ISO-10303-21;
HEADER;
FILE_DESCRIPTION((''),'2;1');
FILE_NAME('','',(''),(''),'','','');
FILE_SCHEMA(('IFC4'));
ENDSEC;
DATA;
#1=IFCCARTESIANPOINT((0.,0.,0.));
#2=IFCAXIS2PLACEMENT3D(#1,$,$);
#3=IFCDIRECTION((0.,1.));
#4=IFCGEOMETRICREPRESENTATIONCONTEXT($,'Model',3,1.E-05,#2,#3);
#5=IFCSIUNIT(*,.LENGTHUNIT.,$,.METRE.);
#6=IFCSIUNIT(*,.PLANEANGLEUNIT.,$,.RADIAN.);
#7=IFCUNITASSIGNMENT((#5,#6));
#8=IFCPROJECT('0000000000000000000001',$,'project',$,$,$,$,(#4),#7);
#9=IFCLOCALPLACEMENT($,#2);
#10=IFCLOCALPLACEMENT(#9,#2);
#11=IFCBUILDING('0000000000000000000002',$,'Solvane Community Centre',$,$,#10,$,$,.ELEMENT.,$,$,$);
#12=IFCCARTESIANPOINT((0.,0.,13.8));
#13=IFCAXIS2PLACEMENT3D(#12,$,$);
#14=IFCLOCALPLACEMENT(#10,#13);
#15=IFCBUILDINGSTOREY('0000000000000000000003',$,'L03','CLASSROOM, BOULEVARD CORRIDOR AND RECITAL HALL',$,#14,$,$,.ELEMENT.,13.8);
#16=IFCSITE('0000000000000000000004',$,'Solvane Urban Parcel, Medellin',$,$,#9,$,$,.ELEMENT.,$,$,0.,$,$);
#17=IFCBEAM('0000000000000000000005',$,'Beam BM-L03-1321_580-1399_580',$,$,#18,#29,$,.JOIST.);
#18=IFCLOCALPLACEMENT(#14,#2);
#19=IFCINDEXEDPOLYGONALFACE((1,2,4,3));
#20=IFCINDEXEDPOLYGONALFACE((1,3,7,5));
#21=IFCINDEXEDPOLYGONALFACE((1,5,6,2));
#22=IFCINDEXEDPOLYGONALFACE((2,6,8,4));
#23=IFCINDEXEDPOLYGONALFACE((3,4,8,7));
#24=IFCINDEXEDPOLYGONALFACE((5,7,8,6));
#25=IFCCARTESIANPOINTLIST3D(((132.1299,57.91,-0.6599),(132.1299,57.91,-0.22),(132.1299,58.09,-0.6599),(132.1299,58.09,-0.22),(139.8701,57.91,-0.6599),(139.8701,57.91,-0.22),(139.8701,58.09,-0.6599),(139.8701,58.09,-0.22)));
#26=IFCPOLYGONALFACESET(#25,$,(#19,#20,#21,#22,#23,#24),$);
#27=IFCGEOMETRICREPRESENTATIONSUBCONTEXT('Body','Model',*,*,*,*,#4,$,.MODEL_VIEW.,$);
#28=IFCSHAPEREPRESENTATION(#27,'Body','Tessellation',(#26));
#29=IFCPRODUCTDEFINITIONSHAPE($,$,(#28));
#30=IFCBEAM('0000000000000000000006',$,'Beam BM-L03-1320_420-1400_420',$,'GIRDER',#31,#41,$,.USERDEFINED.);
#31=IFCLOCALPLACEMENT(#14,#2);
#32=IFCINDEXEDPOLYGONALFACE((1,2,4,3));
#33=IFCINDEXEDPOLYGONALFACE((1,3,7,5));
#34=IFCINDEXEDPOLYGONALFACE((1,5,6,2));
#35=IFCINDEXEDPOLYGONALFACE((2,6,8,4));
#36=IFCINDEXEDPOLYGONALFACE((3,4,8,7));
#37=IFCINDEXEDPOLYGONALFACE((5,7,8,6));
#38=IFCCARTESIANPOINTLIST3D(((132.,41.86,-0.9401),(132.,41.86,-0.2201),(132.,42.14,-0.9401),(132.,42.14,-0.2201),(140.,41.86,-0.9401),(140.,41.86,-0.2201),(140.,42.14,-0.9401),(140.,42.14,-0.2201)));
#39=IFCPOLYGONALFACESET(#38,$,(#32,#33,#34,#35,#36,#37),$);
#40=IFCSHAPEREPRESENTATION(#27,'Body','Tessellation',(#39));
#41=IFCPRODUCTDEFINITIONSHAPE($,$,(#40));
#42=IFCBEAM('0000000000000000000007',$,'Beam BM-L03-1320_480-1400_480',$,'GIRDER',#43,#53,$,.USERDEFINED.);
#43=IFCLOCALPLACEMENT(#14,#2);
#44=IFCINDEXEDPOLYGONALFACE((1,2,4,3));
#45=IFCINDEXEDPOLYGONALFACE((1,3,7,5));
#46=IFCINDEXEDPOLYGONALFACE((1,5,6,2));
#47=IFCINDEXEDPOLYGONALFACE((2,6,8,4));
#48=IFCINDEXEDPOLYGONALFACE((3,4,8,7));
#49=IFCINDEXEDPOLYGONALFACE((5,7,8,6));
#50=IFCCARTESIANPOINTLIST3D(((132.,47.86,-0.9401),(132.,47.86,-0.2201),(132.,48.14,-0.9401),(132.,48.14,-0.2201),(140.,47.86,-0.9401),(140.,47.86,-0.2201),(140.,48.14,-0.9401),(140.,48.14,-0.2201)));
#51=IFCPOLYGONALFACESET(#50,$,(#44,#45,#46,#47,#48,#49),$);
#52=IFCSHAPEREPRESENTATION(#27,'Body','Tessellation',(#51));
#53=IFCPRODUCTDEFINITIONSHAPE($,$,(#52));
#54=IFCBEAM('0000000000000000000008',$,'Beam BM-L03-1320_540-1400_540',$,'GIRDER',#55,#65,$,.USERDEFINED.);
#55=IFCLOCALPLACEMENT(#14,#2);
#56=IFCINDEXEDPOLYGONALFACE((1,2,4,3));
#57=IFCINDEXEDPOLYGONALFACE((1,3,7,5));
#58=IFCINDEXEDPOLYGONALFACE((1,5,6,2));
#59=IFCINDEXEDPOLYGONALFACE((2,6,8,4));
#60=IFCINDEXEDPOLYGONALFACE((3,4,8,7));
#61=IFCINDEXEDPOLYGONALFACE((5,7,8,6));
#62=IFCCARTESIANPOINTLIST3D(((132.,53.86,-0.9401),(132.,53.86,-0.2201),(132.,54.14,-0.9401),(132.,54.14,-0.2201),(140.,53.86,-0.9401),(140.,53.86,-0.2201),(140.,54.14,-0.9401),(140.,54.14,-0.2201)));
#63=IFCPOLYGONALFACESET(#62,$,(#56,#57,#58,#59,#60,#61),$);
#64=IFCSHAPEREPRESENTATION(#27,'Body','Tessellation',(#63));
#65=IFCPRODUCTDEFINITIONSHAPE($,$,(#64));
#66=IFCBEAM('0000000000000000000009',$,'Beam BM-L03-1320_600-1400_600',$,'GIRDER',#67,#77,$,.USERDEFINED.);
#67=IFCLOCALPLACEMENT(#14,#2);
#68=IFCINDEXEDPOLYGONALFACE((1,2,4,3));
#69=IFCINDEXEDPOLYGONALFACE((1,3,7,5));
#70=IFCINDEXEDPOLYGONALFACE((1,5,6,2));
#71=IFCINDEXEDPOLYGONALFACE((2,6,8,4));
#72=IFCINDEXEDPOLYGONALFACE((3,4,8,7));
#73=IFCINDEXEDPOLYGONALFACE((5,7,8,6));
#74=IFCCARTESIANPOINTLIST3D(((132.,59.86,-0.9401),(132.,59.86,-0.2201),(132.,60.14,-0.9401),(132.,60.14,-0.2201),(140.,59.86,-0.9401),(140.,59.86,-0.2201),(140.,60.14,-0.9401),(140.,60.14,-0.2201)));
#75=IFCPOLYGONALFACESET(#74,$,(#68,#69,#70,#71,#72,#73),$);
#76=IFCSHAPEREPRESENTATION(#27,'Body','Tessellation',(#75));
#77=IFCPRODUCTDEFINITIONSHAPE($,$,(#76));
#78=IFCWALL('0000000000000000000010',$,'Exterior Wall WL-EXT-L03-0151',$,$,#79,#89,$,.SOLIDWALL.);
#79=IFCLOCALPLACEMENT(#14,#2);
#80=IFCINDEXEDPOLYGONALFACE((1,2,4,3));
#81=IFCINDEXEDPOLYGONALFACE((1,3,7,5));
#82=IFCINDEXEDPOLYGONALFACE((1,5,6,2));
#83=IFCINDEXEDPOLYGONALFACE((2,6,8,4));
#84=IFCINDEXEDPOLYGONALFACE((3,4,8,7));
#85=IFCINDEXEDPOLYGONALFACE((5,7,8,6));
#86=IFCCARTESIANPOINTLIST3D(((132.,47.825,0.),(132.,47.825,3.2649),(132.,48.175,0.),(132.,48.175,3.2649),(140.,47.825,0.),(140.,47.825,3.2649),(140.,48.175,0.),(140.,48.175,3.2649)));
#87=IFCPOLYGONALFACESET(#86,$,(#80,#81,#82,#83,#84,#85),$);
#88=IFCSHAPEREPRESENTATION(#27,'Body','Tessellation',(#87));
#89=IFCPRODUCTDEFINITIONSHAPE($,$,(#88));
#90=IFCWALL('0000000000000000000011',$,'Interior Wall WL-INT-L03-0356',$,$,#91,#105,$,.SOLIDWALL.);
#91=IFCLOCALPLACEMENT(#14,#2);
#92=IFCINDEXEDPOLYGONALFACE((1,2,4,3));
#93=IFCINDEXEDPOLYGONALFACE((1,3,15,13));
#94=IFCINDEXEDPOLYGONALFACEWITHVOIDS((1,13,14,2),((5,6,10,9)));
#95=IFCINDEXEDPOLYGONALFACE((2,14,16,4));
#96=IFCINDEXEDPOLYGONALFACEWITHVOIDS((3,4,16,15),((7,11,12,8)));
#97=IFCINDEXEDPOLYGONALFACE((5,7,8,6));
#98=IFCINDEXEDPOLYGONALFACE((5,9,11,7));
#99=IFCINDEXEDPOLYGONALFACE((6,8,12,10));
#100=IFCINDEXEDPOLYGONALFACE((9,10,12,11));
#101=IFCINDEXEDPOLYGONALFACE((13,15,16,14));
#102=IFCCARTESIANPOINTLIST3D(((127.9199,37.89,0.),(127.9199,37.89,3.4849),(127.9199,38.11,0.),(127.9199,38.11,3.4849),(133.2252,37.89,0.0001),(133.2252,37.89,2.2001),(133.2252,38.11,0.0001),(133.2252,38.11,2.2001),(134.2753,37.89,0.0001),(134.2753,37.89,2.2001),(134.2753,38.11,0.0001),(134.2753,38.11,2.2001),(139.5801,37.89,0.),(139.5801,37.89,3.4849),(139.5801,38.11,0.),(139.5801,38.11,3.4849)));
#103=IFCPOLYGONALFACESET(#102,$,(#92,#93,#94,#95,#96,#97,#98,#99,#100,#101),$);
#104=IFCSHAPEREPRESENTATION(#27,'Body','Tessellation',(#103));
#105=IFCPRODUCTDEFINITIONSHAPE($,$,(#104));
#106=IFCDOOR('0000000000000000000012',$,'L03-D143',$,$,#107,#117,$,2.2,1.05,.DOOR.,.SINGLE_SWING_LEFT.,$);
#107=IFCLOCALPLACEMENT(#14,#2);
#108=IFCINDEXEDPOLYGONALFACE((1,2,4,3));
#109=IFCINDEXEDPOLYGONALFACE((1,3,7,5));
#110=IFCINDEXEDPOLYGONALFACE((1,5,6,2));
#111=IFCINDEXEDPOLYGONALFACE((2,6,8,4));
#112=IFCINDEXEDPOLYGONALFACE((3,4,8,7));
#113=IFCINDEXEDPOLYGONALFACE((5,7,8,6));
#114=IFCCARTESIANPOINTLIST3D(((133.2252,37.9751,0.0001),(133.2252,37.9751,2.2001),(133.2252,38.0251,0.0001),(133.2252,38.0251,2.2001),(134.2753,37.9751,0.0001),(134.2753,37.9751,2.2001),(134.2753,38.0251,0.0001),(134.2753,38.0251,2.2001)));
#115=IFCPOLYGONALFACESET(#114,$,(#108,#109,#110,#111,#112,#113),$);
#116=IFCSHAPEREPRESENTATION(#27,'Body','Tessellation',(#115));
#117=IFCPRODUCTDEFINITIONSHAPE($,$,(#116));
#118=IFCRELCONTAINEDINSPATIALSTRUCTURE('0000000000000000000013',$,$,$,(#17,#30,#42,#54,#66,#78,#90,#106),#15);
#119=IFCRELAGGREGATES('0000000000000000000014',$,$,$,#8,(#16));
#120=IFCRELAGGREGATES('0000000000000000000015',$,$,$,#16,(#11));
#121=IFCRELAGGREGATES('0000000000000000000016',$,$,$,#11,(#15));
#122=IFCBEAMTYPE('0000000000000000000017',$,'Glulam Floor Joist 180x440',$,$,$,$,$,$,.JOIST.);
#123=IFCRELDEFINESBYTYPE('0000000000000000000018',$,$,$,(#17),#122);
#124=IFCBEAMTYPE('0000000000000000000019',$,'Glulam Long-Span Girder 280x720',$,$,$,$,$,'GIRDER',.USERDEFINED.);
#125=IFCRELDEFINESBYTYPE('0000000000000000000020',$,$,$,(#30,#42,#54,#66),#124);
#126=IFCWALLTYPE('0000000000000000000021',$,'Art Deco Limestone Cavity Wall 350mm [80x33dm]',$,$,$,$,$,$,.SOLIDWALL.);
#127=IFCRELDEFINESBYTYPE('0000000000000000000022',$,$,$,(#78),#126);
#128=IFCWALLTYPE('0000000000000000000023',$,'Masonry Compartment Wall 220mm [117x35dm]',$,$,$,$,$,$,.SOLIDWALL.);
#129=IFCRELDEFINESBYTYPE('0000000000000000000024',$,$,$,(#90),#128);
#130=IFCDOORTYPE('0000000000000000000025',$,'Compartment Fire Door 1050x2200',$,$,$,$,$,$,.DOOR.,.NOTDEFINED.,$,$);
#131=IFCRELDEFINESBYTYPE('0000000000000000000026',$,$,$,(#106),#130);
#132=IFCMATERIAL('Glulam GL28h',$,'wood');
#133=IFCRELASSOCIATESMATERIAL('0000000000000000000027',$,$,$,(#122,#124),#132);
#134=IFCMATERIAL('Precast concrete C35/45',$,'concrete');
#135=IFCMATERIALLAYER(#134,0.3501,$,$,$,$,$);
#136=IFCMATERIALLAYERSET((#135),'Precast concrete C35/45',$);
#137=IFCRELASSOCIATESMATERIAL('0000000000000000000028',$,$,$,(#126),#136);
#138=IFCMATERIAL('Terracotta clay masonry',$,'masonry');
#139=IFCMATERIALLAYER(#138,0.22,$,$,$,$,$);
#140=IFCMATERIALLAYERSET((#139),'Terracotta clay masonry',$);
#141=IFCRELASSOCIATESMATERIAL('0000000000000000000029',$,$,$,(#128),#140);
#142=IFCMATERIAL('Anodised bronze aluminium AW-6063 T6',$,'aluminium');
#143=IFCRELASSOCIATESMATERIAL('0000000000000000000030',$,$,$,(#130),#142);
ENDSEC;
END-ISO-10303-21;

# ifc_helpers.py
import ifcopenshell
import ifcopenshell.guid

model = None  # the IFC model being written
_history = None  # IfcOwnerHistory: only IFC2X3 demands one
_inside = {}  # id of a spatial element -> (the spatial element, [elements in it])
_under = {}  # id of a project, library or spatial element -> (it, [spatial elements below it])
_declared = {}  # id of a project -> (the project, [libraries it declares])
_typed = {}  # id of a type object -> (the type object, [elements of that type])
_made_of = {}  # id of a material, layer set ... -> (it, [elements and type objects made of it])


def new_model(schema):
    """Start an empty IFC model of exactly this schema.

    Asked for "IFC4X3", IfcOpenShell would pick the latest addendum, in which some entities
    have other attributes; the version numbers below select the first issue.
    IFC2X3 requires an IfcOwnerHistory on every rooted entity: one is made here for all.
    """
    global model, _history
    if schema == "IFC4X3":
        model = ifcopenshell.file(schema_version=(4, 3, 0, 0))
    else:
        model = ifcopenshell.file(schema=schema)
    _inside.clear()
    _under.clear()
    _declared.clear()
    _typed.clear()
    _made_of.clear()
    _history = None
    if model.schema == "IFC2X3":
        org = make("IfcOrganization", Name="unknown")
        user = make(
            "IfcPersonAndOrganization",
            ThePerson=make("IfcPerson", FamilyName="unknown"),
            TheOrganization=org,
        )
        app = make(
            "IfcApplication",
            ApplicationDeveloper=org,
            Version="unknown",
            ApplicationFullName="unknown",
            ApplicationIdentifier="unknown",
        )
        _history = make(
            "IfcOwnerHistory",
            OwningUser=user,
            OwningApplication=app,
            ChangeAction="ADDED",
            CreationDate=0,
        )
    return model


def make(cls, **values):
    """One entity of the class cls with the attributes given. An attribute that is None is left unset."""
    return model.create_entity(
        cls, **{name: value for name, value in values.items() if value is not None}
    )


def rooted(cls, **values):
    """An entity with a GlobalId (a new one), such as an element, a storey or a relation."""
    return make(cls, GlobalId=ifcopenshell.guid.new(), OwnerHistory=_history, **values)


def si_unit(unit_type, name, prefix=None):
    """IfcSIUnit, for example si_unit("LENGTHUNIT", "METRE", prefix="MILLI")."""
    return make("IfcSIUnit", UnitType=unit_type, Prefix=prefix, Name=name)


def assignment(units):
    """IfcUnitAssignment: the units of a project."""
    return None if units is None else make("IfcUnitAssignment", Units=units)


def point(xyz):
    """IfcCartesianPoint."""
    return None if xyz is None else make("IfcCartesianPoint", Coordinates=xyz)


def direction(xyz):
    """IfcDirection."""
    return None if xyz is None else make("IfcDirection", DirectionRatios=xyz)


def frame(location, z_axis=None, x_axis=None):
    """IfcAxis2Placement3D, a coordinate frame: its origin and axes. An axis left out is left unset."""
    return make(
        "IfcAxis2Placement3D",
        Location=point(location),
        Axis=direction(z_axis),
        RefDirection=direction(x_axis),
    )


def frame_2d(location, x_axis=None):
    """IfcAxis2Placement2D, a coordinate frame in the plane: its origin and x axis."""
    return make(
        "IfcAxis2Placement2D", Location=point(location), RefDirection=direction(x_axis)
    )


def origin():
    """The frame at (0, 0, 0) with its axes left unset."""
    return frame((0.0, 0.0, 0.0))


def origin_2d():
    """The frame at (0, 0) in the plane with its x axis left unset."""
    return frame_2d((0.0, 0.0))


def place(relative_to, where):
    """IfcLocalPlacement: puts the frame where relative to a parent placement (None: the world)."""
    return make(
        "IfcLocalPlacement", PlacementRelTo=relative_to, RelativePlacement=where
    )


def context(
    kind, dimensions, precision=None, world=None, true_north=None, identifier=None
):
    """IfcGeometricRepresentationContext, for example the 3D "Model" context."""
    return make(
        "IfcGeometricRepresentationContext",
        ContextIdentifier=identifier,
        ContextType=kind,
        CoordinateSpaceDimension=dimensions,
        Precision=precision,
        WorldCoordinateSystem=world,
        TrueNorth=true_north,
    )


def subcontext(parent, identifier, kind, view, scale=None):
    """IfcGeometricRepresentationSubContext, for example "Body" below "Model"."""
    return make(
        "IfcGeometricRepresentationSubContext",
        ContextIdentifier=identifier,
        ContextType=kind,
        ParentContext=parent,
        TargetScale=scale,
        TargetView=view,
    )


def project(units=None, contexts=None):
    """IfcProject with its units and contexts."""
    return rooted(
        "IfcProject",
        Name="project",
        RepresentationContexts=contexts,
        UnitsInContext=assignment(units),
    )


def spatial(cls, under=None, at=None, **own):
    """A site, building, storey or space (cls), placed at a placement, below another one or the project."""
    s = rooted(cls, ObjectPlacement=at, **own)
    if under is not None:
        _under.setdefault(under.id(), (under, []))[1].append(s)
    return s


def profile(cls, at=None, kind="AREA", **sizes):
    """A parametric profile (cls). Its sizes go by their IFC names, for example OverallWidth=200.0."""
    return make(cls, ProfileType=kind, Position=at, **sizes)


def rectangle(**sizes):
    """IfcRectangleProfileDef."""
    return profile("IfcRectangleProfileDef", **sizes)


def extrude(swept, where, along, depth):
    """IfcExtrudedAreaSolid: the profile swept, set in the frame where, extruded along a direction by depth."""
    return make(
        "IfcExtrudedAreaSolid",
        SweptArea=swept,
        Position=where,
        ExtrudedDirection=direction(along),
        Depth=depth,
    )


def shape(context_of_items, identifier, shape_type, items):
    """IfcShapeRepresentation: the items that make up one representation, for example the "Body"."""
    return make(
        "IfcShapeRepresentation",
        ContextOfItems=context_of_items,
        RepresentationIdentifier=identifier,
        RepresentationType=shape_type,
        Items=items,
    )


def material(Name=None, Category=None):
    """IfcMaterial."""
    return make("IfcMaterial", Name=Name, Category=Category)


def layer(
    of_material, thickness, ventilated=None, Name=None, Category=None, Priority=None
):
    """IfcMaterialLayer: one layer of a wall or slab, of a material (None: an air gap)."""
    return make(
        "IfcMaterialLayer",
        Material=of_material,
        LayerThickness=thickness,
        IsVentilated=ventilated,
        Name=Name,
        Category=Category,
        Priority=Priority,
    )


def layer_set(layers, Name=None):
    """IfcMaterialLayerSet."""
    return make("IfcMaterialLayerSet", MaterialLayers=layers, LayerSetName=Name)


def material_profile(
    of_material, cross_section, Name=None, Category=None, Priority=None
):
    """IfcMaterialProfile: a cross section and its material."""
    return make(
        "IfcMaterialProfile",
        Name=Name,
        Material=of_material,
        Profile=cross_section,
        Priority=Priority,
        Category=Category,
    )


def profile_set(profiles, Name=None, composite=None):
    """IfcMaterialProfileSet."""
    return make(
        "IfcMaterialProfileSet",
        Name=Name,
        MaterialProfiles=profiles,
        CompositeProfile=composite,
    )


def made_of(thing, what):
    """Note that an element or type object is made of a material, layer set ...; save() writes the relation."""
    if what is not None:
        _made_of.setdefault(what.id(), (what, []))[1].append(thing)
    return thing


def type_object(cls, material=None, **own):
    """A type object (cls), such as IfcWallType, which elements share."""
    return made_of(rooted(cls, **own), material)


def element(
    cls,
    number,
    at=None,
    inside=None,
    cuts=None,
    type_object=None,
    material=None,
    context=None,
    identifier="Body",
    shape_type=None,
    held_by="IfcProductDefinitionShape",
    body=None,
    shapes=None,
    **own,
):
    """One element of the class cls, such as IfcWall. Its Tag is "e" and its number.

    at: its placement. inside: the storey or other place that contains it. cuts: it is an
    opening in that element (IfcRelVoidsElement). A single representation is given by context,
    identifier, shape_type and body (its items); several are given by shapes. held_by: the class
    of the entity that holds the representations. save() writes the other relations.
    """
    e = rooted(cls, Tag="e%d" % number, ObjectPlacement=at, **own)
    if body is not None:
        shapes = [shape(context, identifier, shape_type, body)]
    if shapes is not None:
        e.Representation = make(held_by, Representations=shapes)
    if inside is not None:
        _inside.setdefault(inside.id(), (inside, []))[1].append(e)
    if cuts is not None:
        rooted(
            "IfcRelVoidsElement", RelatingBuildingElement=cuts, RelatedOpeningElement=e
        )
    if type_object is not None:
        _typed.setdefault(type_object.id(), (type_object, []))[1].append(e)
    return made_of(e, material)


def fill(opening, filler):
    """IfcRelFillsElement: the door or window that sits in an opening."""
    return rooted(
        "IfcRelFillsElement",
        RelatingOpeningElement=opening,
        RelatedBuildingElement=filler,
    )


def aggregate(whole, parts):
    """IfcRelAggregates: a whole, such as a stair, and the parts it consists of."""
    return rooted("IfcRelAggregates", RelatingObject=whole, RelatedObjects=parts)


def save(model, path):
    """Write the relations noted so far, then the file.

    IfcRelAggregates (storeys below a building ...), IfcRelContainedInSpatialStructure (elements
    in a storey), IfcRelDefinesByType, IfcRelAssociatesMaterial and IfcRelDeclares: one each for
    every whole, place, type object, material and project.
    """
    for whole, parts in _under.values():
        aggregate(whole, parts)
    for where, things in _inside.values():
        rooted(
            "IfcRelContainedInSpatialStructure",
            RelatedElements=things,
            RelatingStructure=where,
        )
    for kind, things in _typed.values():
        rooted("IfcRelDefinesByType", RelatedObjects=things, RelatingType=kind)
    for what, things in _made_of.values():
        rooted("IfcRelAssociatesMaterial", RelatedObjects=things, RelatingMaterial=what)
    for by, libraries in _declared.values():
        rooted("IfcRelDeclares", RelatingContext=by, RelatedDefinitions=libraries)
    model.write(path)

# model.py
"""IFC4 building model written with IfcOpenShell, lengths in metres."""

from ifc_helpers import new_model, si_unit, direction, frame, frame_2d, origin, origin_2d, place, context, subcontext, project, spatial, rectangle, extrude, material, layer, layer_set, material_profile, profile_set, type_object, element, fill, save


model = new_model("IFC4")

# Units and contexts
model_context = context("Model", 3, precision=1e-05, world=origin(), true_north=direction((0.0, 1.0)))
body_context = subcontext(model_context, "Body", "Model", "MODEL_VIEW")
ifc_project = project(units=[si_unit("LENGTHUNIT", "METRE"), si_unit("PLANEANGLEUNIT", "RADIAN")], contexts=[model_context])

# Site, building, storey
site_placement = place(None, origin())
site = spatial("IfcSite", under=ifc_project, at=site_placement, Name="Solvane Urban Parcel, Medellin", CompositionType="ELEMENT", RefElevation=0.0)
building_placement = place(site_placement, origin())
building = spatial("IfcBuilding", under=site, at=building_placement, Name="Solvane Community Centre", CompositionType="ELEMENT")
storey_placement = place(building_placement, frame((0.0, 0.0, 13.8)))
storey = spatial("IfcBuildingStorey", under=building, at=storey_placement, Name="L03", Description="CLASSROOM, BOULEVARD CORRIDOR AND RECITAL HALL", CompositionType="ELEMENT", Elevation=13.8)

# Beams
ifc_material_1 = material(Name="Glulam GL28h", Category="wood")
ifc_material_profile_1 = material_profile(ifc_material_1, rectangle(XDim=0.1799, YDim=0.4399, at=origin_2d()), Name="GL28h 180x440")
ifc_profile_set_1 = profile_set([ifc_material_profile_1], Name="Glulam GL28h")
beam_type_1 = type_object("IfcBeamType", Name="Glulam Floor Joist 180x440", PredefinedType="JOIST", material=ifc_profile_set_1)
for number, where, z_axis, x_axis, name in (
    (1, (132.1299, 58.0, -0.4399), (1.0, 0.0, 0.0), (0.0, 1.0, 0.0), "Beam BM-L03-1321_580-1399_580"),
):
    element("IfcBeam", number, at=place(storey_placement, frame(where, z_axis=z_axis, x_axis=x_axis)), inside=storey, type_object=beam_type_1, Name=name, PredefinedType="JOIST", context=body_context, shape_type="SweptSolid", body=[
        extrude(rectangle(XDim=0.1799, YDim=0.4399, at=origin_2d()), origin(), (0.0, 0.0, 1.0), 7.7402),
    ])
ifc_material_profile_2 = material_profile(ifc_material_1, rectangle(XDim=0.28, YDim=0.72, at=origin_2d()), Name="GL28h 280x720")
ifc_profile_set_2 = profile_set([ifc_material_profile_2], Name="Glulam GL28h")
beam_type_2 = type_object("IfcBeamType", Name="Glulam Long-Span Girder 280x720", ElementType="GIRDER", PredefinedType="USERDEFINED", material=ifc_profile_set_2)
for number, where, z_axis, x_axis, name in (
    (2, (132.0, 42.0, -0.5801), (1.0, 0.0, 0.0), (0.0, 1.0, 0.0), "Beam BM-L03-1320_420-1400_420"),
    (3, (132.0, 48.0, -0.5801), (1.0, 0.0, 0.0), (0.0, 1.0, 0.0), "Beam BM-L03-1320_480-1400_480"),
    (4, (132.0, 54.0, -0.5801), (1.0, 0.0, 0.0), (0.0, 1.0, 0.0), "Beam BM-L03-1320_540-1400_540"),
    (5, (132.0, 60.0, -0.5801), (1.0, 0.0, 0.0), (0.0, 1.0, 0.0), "Beam BM-L03-1320_600-1400_600"),
):
    element("IfcBeam", number, at=place(storey_placement, frame(where, z_axis=z_axis, x_axis=x_axis)), inside=storey, type_object=beam_type_2, Name=name, ObjectType="GIRDER", PredefinedType="USERDEFINED", context=body_context, shape_type="SweptSolid", body=[
        extrude(rectangle(XDim=0.28, YDim=0.72, at=origin_2d()), origin(), (0.0, 0.0, 1.0), 8.0),
    ])

# Wall
ifc_material_2 = material(Name="Precast concrete C35/45", Category="concrete")
ifc_layer_1 = layer(ifc_material_2, 0.3501)
ifc_layer_set_1 = layer_set([ifc_layer_1], Name="Precast concrete C35/45")
wall_type_1 = type_object("IfcWallType", Name="Art Deco Limestone Cavity Wall 350mm [80x33dm]", PredefinedType="SOLIDWALL", material=ifc_layer_set_1)
wall_1_placement = place(storey_placement, frame((132.0, 48.0, 0.0), z_axis=(0.0, 0.0, 1.0), x_axis=(1.0, 0.0, 0.0)))
element("IfcWall", 6, at=wall_1_placement, inside=storey, type_object=wall_type_1, Name="Exterior Wall WL-EXT-L03-0151", PredefinedType="SOLIDWALL", context=body_context, shape_type="SweptSolid", body=[
    extrude(rectangle(XDim=8.0, YDim=0.3501, at=frame_2d((4.0, 0.0))), origin(), (0.0, 0.0, 1.0), 3.2649),
])

# Wall, opening, door
ifc_material_3 = material(Name="Terracotta clay masonry", Category="masonry")
ifc_layer_2 = layer(ifc_material_3, 0.22)
ifc_layer_set_2 = layer_set([ifc_layer_2], Name="Terracotta clay masonry")
wall_type_2 = type_object("IfcWallType", Name="Masonry Compartment Wall 220mm [117x35dm]", PredefinedType="SOLIDWALL", material=ifc_layer_set_2)
wall_2_placement = place(storey_placement, frame((139.5801, 38.0, 0.0), z_axis=(0.0, 0.0, 1.0), x_axis=(-1.0, 0.0, 0.0)))
wall_2 = element("IfcWall", 7, at=wall_2_placement, inside=storey, type_object=wall_type_2, Name="Interior Wall WL-INT-L03-0356", PredefinedType="SOLIDWALL", context=body_context, shape_type="SweptSolid", body=[
    extrude(rectangle(XDim=11.6602, YDim=0.22, at=frame_2d((5.8301, 0.0))), origin(), (0.0, 0.0, 1.0), 3.4849),
])
opening_placement = place(wall_2_placement, frame((5.3049, 0.0, 0.0)))
opening = element("IfcOpeningElement", 8, at=opening_placement, cuts=wall_2, PredefinedType="OPENING", context=body_context, shape_type="SweptSolid", body=[
    extrude(rectangle(XDim=1.05, YDim=2.2, at=frame_2d((0.5249, 1.1001))), frame((0.0, 0.1199, 0.0), z_axis=(0.0, -1.0, 0.0), x_axis=(1.0, 0.0, 0.0)), (0.0, 0.0, 1.0), 0.24),
])
ifc_material_4 = material(Name="Anodised bronze aluminium AW-6063 T6", Category="aluminium")
door_type = type_object("IfcDoorType", Name="Compartment Fire Door 1050x2200", OperationType="NOTDEFINED", PredefinedType="DOOR", material=ifc_material_4)
door_placement = place(opening_placement, origin())
door = element("IfcDoor", 9, at=door_placement, inside=storey, type_object=door_type, Name="L03-D143", OperationType="SINGLE_SWING_LEFT", OverallHeight=2.2, OverallWidth=1.05, PredefinedType="DOOR", context=body_context, shape_type="SweptSolid", body=[
    extrude(rectangle(XDim=1.05, YDim=2.2, at=frame_2d((0.5249, 1.1001))), frame((0.0, 0.0249, 0.0), z_axis=(0.0, -1.0, 0.0), x_axis=(1.0, 0.0, 0.0)), (0.0, 0.0, 1.0), 0.05),
])
fill(opening, door)

save(model, "model.ifc")
